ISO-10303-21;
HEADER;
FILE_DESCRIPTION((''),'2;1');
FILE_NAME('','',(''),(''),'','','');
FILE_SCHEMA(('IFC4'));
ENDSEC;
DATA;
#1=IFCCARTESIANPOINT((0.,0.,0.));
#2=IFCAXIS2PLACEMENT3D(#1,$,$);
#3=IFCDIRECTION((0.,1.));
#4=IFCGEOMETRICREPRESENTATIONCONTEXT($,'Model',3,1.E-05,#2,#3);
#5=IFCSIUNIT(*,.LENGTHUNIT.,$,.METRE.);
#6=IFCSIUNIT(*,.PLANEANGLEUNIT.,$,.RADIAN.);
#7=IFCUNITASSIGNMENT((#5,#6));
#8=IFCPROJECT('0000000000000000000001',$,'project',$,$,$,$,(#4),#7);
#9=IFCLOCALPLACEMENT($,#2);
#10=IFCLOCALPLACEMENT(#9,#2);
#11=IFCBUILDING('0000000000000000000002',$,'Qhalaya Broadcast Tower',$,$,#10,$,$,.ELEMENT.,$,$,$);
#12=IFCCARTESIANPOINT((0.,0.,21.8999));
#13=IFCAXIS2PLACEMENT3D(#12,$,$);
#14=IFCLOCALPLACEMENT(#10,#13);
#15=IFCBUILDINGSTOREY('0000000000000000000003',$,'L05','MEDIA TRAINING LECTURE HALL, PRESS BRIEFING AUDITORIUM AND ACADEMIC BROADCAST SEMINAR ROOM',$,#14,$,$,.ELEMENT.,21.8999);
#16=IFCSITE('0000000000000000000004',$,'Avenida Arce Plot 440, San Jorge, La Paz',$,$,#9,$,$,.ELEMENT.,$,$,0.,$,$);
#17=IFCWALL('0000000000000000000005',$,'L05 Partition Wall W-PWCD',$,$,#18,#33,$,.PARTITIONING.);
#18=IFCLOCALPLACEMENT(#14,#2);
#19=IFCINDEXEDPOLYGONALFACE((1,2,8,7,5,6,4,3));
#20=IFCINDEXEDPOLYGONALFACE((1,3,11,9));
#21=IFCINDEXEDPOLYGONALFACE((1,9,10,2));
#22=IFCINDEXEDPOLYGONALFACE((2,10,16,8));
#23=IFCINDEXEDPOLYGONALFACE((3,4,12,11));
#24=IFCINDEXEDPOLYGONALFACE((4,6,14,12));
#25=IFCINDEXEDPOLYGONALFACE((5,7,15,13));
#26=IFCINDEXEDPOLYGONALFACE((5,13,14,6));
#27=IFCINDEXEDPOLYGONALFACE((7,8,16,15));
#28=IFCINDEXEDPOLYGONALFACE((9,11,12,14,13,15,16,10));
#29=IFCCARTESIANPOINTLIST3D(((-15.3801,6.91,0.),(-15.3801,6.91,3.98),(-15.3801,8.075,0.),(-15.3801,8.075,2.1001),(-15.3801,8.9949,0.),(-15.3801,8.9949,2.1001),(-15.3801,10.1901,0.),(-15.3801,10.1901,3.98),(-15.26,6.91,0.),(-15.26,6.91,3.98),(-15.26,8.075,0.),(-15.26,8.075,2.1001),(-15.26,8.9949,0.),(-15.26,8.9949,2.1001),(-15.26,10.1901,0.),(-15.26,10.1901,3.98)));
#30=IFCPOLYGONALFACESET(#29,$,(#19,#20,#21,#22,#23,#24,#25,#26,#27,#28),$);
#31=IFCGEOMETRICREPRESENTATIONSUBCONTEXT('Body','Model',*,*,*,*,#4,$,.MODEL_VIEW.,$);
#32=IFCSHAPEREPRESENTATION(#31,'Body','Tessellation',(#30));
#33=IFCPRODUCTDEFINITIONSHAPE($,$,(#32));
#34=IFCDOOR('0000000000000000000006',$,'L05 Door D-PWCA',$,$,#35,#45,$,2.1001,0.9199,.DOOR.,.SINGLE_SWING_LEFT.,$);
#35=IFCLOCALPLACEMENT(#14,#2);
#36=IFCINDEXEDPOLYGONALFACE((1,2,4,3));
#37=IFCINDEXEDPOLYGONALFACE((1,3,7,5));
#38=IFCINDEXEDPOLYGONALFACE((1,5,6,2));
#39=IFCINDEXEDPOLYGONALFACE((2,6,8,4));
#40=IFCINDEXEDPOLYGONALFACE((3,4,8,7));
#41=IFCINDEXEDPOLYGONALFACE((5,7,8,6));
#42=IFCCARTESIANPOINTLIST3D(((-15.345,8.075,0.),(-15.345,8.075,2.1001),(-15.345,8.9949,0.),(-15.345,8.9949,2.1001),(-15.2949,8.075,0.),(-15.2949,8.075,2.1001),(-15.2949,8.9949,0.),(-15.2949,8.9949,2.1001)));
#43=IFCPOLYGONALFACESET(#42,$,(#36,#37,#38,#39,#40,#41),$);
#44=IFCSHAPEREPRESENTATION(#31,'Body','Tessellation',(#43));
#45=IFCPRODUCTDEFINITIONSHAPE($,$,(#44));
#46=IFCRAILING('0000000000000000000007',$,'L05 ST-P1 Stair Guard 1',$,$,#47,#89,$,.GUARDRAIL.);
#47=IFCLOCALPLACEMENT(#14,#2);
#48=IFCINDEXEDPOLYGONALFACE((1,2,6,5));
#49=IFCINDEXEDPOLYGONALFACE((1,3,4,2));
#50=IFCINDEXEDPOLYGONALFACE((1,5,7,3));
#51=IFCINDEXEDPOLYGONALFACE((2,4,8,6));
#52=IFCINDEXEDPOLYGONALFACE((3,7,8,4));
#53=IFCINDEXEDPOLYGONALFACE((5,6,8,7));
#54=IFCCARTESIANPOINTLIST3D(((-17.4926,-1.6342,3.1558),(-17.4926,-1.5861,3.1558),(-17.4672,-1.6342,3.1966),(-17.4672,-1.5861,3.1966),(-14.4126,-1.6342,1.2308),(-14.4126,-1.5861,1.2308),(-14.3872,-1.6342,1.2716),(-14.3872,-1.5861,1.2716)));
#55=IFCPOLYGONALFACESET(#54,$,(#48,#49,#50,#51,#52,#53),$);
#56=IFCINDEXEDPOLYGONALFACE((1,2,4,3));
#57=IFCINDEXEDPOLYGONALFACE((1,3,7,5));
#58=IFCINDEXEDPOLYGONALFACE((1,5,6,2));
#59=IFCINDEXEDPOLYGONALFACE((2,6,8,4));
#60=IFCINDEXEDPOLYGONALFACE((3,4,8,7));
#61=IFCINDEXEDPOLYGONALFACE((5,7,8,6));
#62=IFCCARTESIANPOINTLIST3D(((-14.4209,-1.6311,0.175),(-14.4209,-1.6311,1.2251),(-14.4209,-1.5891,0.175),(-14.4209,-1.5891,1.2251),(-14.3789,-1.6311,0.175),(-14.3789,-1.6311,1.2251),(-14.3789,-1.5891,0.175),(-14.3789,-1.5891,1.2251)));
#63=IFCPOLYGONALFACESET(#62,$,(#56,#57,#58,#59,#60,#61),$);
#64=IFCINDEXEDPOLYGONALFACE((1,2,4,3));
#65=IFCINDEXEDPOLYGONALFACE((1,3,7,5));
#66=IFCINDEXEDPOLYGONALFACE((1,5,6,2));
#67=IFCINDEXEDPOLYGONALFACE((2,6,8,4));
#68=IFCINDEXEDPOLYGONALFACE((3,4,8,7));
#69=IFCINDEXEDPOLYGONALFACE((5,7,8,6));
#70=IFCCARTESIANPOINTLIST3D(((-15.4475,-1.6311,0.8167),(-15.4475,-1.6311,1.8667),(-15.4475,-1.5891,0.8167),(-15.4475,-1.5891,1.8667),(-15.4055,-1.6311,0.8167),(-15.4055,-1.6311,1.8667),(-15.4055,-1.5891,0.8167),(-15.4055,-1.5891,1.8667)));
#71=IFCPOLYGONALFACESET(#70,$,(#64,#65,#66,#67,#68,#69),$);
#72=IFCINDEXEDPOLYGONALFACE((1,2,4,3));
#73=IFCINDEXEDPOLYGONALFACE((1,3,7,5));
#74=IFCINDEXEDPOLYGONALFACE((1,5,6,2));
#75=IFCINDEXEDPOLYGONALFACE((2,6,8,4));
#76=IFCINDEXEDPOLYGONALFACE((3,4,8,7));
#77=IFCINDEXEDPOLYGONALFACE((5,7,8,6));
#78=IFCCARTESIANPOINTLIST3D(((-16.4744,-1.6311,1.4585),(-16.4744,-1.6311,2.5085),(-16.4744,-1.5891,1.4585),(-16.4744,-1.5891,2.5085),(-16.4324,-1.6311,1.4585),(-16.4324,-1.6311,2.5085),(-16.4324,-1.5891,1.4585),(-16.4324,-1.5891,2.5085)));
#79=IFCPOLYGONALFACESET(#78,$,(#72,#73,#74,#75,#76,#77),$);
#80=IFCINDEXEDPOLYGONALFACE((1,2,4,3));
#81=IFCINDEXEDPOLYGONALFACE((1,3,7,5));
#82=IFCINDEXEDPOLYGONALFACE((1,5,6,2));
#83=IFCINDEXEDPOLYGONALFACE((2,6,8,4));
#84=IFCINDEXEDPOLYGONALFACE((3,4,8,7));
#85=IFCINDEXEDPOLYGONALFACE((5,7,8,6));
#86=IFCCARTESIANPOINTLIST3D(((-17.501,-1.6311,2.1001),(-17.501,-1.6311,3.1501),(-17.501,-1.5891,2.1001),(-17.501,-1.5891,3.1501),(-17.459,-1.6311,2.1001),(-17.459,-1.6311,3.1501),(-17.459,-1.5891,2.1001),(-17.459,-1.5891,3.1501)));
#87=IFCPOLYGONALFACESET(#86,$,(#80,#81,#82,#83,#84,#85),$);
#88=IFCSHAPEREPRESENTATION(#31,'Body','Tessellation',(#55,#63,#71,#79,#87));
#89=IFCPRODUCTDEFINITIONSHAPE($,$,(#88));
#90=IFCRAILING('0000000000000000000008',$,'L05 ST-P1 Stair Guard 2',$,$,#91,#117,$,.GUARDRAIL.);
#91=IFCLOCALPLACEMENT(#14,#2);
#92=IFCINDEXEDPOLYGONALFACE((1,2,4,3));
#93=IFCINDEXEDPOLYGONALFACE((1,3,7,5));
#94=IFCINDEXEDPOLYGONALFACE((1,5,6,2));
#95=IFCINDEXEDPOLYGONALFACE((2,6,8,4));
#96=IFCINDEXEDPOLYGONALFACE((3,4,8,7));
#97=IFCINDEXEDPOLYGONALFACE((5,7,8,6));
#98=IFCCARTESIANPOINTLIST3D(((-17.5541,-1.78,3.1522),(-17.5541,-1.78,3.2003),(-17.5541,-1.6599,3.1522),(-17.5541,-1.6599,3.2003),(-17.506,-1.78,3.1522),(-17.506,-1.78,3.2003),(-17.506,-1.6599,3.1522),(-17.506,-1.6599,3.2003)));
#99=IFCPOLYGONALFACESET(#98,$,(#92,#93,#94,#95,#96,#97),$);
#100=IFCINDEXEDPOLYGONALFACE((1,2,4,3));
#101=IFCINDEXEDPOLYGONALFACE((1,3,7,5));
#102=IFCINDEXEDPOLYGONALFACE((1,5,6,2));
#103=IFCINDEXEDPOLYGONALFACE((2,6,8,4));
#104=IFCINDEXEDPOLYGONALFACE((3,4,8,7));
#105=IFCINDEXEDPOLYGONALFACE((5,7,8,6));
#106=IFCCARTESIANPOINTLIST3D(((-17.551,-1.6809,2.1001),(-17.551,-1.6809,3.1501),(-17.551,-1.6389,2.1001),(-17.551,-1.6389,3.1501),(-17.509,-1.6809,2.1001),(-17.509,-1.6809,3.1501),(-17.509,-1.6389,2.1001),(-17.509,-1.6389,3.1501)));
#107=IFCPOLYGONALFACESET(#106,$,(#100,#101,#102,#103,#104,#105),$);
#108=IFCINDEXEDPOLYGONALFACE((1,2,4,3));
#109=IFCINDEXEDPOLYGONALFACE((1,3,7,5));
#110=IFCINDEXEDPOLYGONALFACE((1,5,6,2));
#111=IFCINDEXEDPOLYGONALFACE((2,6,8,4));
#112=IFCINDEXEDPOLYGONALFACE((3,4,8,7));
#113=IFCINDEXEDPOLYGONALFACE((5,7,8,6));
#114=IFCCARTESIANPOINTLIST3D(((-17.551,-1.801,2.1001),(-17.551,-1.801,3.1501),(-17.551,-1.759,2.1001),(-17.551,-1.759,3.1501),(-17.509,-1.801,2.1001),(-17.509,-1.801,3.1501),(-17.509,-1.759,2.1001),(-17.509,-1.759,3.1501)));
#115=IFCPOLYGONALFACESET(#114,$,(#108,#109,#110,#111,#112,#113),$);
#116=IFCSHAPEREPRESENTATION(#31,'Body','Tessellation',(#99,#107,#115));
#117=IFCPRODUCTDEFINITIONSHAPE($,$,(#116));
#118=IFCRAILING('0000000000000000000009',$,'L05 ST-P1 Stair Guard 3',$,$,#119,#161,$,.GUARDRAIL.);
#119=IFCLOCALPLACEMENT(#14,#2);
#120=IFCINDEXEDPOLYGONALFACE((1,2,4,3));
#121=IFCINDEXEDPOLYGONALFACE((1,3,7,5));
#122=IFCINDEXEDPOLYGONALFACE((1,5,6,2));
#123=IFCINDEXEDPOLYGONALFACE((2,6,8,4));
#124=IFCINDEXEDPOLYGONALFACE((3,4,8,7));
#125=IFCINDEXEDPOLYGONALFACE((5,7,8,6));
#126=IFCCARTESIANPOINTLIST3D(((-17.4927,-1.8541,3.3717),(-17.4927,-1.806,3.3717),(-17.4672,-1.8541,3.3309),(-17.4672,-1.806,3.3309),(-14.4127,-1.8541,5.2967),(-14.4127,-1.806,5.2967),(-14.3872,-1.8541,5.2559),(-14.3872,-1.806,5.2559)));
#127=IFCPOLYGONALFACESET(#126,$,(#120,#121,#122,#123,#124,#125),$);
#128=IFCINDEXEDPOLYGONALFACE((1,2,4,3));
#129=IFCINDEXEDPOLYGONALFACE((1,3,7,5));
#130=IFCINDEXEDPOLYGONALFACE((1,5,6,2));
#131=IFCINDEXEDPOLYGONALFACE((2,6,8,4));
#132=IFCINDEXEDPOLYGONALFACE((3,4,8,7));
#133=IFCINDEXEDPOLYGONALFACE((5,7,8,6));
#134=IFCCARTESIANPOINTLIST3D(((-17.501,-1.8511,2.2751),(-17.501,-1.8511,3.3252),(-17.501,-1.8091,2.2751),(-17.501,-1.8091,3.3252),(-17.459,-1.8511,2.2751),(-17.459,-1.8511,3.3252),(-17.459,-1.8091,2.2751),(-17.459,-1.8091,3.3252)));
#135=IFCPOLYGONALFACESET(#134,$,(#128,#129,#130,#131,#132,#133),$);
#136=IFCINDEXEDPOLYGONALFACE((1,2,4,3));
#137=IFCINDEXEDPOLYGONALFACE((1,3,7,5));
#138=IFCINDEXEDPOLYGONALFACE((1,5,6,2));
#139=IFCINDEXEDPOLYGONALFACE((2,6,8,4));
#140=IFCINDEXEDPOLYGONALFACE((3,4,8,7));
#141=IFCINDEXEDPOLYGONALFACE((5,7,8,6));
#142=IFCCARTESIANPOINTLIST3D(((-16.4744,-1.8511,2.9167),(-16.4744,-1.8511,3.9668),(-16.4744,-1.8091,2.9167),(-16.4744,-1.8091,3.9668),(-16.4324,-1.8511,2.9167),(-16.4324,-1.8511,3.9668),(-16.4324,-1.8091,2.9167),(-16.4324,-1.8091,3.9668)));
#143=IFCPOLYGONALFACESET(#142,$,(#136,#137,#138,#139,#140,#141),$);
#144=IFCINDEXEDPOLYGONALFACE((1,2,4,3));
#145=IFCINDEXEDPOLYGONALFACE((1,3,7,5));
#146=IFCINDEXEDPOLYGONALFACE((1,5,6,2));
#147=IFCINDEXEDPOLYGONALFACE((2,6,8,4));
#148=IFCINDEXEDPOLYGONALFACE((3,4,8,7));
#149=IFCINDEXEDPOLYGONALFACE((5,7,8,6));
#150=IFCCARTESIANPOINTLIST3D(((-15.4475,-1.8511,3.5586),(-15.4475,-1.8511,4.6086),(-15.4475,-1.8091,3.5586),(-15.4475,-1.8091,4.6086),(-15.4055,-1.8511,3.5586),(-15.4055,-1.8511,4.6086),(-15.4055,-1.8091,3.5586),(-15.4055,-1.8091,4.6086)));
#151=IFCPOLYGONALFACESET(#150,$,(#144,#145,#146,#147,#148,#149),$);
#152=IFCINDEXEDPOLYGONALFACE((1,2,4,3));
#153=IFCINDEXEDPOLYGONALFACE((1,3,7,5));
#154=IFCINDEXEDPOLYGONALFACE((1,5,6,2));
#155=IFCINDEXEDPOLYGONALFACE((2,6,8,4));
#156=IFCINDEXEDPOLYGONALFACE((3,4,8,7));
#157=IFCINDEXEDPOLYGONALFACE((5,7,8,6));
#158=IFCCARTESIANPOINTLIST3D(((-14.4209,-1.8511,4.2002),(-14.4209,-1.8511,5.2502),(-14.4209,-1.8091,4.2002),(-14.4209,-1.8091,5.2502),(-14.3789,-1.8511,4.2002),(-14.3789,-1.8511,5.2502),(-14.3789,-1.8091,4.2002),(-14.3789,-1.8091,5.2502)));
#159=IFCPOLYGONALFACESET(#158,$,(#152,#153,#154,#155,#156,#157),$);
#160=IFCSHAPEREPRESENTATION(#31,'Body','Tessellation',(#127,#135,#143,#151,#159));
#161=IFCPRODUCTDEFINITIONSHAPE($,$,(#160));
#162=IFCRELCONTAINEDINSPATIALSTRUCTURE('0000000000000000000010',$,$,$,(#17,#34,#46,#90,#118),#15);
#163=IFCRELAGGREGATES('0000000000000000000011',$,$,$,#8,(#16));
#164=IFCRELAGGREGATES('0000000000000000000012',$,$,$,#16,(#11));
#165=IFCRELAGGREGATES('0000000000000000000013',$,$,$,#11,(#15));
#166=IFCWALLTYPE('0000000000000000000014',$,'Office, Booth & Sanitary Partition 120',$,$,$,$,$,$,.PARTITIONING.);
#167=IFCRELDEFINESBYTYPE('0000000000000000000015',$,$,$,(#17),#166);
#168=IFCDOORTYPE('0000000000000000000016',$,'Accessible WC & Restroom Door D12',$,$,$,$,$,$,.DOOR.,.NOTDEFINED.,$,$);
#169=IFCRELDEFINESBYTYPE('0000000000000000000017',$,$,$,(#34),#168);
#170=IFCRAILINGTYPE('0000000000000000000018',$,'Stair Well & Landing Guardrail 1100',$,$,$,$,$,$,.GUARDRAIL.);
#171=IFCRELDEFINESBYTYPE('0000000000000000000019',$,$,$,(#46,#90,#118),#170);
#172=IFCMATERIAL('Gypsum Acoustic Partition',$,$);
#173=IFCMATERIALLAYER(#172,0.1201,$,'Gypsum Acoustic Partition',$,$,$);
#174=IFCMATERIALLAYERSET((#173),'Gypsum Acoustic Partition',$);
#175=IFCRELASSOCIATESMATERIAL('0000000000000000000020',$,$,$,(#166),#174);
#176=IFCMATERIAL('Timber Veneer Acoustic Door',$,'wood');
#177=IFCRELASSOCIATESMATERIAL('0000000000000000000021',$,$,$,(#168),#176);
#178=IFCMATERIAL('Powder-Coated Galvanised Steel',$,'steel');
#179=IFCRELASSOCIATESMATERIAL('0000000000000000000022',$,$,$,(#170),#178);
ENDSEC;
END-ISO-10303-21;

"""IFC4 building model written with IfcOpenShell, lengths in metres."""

from ifc_helpers import new_model, si_unit, direction, frame, frame_2d, origin, origin_2d, place, context, subcontext, project, spatial, rectangle, extrude, material, layer, layer_set, type_object, element, fill, save


model = new_model("IFC4")

# Units and contexts
model_context = context("Model", 3, precision=1e-05, world=origin(), true_north=direction((0.0, 1.0)))
body_context = subcontext(model_context, "Body", "Model", "MODEL_VIEW")
ifc_project = project(units=[si_unit("LENGTHUNIT", "METRE"), si_unit("PLANEANGLEUNIT", "RADIAN")], contexts=[model_context])

# Site, building, storey
site_placement = place(None, origin())
site = spatial("IfcSite", under=ifc_project, at=site_placement, Name="Avenida Arce Plot 440, San Jorge, La Paz", CompositionType="ELEMENT", RefElevation=0.0)
building_placement = place(site_placement, origin())
building = spatial("IfcBuilding", under=site, at=building_placement, Name="Qhalaya Broadcast Tower", CompositionType="ELEMENT")
storey_placement = place(building_placement, frame((0.0, 0.0, 21.8999)))
storey = spatial("IfcBuildingStorey", under=building, at=storey_placement, Name="L05", Description="MEDIA TRAINING LECTURE HALL, PRESS BRIEFING AUDITORIUM AND ACADEMIC BROADCAST SEMINAR ROOM", CompositionType="ELEMENT", Elevation=21.8999)

# Shared definitions
ifc_material_1 = material(Name="Gypsum Acoustic Partition")
ifc_material_2 = material(Name="Timber Veneer Acoustic Door", Category="wood")

# Shared definitions
ifc_layer_1 = layer(ifc_material_1, 0.1201, Name="Gypsum Acoustic Partition")
ifc_layer_set_1 = layer_set([ifc_layer_1], Name="Gypsum Acoustic Partition")
wall_type_1 = type_object("IfcWallType", Name="Office, Booth & Sanitary Partition 120", PredefinedType="PARTITIONING", material=ifc_layer_set_1)

# Wall, opening, door
wall_1_placement = place(storey_placement, frame((-15.3201, 6.9099, 0.0), z_axis=(0.0, 0.0, 1.0), x_axis=(0.0, 1.0, 0.0)))
wall_1 = element("IfcWall", 1, at=wall_1_placement, inside=storey, type_object=wall_type_1, Name="L05 Partition Wall W-PWCD", PredefinedType="PARTITIONING", context=body_context, shape_type="SweptSolid", body=[
    extrude(rectangle(XDim=3.28, YDim=0.1201, at=frame_2d((1.6401, 0.0))), origin(), (0.0, 0.0, 1.0), 3.98),
])
opening_1_placement = place(wall_1_placement, frame((1.165, 0.0, 0.0)))
opening_1 = element("IfcOpeningElement", 2, at=opening_1_placement, cuts=wall_1, PredefinedType="OPENING", context=body_context, shape_type="SweptSolid", body=[
    extrude(rectangle(XDim=0.9199, YDim=2.1001, at=frame_2d((0.46, 1.05))), frame((0.0, 0.072, 0.0), z_axis=(0.0, -1.0, 0.0), x_axis=(1.0, 0.0, 0.0)), (0.0, 0.0, 1.0), 0.144),
])
door_type_1 = type_object("IfcDoorType", Name="Accessible WC & Restroom Door D12", OperationType="NOTDEFINED", PredefinedType="DOOR", material=ifc_material_2)
door_1_placement = place(opening_1_placement, origin())
door_1 = element("IfcDoor", 3, at=door_1_placement, inside=storey, type_object=door_type_1, Name="L05 Door D-PWCA", OperationType="SINGLE_SWING_LEFT", OverallHeight=2.1001, OverallWidth=0.9199, PredefinedType="DOOR", context=body_context, shape_type="SweptSolid", body=[
    extrude(rectangle(XDim=0.9199, YDim=2.1001, at=frame_2d((0.46, 1.05))), frame((0.0, 0.0249, 0.0), z_axis=(0.0, -1.0, 0.0), x_axis=(1.0, 0.0, 0.0)), (0.0, 0.0, 1.0), 0.05),
])
fill(opening_1, door_1)

# Railings
ifc_material_3 = material(Name="Powder-Coated Galvanised Steel", Category="steel")
railing_type = type_object("IfcRailingType", Name="Stair Well & Landing Guardrail 1100", PredefinedType="GUARDRAIL", material=ifc_material_3)
railing_1_placement = place(storey_placement, frame((-14.3999, -1.6101, 0.175)))
element("IfcRailing", 4, at=railing_1_placement, inside=storey, type_object=railing_type, Name="L05 ST-P1 Stair Guard 1", PredefinedType="GUARDRAIL", context=body_context, shape_type="SweptSolid", body=[
    extrude(rectangle(XDim=0.0481, YDim=0.0481, at=origin_2d()), frame((0.0, 0.0, 1.0762), z_axis=(-0.847998, 0.0, 0.529999), x_axis=(0.0, -1.0, 0.0)), (0.0, 0.0, 1.0), 3.6321),
    extrude(rectangle(XDim=0.042, YDim=0.042, at=origin_2d()), origin(), (0.0, 0.0, 1.0), 1.05),
    extrude(rectangle(XDim=0.042, YDim=0.042, at=origin_2d()), frame((-1.0266, 0.0, 0.6416)), (0.0, 0.0, 1.0), 1.05),
    extrude(rectangle(XDim=0.042, YDim=0.042, at=origin_2d()), frame((-2.0535, 0.0, 1.2834)), (0.0, 0.0, 1.0), 1.05),
    extrude(rectangle(XDim=0.042, YDim=0.042, at=origin_2d()), frame((-3.0801, 0.0, 1.925)), (0.0, 0.0, 1.0), 1.05),
])
railing_2_placement = place(storey_placement, frame((-17.53, -1.6599, 2.1001)))
element("IfcRailing", 5, at=railing_2_placement, inside=storey, type_object=railing_type, Name="L05 ST-P1 Stair Guard 2", PredefinedType="GUARDRAIL", context=body_context, shape_type="SweptSolid", body=[
    extrude(rectangle(XDim=0.0481, YDim=0.0481, at=origin_2d()), frame((0.0, 0.0, 1.0762), z_axis=(0.0, -1.0, 0.0), x_axis=(1.0, 0.0, 0.0)), (0.0, 0.0, 1.0), 0.1201),
    extrude(rectangle(XDim=0.042, YDim=0.042, at=origin_2d()), origin(), (0.0, 0.0, 1.0), 1.05),
    extrude(rectangle(XDim=0.042, YDim=0.042, at=origin_2d()), frame((0.0, -0.1201, 0.0)), (0.0, 0.0, 1.0), 1.05),
])
railing_3_placement = place(storey_placement, frame((-17.48, -1.8301, 2.2751)))
element("IfcRailing", 6, at=railing_3_placement, inside=storey, type_object=railing_type, Name="L05 ST-P1 Stair Guard 3", PredefinedType="GUARDRAIL", context=body_context, shape_type="SweptSolid", body=[
    extrude(rectangle(XDim=0.0481, YDim=0.0481, at=origin_2d()), frame((0.0, 0.0, 1.0762), z_axis=(0.847998, 0.0, 0.529999), x_axis=(0.0, 1.0, 0.0)), (0.0, 0.0, 1.0), 3.6321),
    extrude(rectangle(XDim=0.042, YDim=0.042, at=origin_2d()), origin(), (0.0, 0.0, 1.0), 1.05),
    extrude(rectangle(XDim=0.042, YDim=0.042, at=origin_2d()), frame((1.0266, 0.0, 0.6416)), (0.0, 0.0, 1.0), 1.05),
    extrude(rectangle(XDim=0.042, YDim=0.042, at=origin_2d()), frame((2.0535, 0.0, 1.2834)), (0.0, 0.0, 1.0), 1.05),
    extrude(rectangle(XDim=0.042, YDim=0.042, at=origin_2d()), frame((3.0801, 0.0, 1.925)), (0.0, 0.0, 1.0), 1.05),
])

save(model, "model.ifc")
